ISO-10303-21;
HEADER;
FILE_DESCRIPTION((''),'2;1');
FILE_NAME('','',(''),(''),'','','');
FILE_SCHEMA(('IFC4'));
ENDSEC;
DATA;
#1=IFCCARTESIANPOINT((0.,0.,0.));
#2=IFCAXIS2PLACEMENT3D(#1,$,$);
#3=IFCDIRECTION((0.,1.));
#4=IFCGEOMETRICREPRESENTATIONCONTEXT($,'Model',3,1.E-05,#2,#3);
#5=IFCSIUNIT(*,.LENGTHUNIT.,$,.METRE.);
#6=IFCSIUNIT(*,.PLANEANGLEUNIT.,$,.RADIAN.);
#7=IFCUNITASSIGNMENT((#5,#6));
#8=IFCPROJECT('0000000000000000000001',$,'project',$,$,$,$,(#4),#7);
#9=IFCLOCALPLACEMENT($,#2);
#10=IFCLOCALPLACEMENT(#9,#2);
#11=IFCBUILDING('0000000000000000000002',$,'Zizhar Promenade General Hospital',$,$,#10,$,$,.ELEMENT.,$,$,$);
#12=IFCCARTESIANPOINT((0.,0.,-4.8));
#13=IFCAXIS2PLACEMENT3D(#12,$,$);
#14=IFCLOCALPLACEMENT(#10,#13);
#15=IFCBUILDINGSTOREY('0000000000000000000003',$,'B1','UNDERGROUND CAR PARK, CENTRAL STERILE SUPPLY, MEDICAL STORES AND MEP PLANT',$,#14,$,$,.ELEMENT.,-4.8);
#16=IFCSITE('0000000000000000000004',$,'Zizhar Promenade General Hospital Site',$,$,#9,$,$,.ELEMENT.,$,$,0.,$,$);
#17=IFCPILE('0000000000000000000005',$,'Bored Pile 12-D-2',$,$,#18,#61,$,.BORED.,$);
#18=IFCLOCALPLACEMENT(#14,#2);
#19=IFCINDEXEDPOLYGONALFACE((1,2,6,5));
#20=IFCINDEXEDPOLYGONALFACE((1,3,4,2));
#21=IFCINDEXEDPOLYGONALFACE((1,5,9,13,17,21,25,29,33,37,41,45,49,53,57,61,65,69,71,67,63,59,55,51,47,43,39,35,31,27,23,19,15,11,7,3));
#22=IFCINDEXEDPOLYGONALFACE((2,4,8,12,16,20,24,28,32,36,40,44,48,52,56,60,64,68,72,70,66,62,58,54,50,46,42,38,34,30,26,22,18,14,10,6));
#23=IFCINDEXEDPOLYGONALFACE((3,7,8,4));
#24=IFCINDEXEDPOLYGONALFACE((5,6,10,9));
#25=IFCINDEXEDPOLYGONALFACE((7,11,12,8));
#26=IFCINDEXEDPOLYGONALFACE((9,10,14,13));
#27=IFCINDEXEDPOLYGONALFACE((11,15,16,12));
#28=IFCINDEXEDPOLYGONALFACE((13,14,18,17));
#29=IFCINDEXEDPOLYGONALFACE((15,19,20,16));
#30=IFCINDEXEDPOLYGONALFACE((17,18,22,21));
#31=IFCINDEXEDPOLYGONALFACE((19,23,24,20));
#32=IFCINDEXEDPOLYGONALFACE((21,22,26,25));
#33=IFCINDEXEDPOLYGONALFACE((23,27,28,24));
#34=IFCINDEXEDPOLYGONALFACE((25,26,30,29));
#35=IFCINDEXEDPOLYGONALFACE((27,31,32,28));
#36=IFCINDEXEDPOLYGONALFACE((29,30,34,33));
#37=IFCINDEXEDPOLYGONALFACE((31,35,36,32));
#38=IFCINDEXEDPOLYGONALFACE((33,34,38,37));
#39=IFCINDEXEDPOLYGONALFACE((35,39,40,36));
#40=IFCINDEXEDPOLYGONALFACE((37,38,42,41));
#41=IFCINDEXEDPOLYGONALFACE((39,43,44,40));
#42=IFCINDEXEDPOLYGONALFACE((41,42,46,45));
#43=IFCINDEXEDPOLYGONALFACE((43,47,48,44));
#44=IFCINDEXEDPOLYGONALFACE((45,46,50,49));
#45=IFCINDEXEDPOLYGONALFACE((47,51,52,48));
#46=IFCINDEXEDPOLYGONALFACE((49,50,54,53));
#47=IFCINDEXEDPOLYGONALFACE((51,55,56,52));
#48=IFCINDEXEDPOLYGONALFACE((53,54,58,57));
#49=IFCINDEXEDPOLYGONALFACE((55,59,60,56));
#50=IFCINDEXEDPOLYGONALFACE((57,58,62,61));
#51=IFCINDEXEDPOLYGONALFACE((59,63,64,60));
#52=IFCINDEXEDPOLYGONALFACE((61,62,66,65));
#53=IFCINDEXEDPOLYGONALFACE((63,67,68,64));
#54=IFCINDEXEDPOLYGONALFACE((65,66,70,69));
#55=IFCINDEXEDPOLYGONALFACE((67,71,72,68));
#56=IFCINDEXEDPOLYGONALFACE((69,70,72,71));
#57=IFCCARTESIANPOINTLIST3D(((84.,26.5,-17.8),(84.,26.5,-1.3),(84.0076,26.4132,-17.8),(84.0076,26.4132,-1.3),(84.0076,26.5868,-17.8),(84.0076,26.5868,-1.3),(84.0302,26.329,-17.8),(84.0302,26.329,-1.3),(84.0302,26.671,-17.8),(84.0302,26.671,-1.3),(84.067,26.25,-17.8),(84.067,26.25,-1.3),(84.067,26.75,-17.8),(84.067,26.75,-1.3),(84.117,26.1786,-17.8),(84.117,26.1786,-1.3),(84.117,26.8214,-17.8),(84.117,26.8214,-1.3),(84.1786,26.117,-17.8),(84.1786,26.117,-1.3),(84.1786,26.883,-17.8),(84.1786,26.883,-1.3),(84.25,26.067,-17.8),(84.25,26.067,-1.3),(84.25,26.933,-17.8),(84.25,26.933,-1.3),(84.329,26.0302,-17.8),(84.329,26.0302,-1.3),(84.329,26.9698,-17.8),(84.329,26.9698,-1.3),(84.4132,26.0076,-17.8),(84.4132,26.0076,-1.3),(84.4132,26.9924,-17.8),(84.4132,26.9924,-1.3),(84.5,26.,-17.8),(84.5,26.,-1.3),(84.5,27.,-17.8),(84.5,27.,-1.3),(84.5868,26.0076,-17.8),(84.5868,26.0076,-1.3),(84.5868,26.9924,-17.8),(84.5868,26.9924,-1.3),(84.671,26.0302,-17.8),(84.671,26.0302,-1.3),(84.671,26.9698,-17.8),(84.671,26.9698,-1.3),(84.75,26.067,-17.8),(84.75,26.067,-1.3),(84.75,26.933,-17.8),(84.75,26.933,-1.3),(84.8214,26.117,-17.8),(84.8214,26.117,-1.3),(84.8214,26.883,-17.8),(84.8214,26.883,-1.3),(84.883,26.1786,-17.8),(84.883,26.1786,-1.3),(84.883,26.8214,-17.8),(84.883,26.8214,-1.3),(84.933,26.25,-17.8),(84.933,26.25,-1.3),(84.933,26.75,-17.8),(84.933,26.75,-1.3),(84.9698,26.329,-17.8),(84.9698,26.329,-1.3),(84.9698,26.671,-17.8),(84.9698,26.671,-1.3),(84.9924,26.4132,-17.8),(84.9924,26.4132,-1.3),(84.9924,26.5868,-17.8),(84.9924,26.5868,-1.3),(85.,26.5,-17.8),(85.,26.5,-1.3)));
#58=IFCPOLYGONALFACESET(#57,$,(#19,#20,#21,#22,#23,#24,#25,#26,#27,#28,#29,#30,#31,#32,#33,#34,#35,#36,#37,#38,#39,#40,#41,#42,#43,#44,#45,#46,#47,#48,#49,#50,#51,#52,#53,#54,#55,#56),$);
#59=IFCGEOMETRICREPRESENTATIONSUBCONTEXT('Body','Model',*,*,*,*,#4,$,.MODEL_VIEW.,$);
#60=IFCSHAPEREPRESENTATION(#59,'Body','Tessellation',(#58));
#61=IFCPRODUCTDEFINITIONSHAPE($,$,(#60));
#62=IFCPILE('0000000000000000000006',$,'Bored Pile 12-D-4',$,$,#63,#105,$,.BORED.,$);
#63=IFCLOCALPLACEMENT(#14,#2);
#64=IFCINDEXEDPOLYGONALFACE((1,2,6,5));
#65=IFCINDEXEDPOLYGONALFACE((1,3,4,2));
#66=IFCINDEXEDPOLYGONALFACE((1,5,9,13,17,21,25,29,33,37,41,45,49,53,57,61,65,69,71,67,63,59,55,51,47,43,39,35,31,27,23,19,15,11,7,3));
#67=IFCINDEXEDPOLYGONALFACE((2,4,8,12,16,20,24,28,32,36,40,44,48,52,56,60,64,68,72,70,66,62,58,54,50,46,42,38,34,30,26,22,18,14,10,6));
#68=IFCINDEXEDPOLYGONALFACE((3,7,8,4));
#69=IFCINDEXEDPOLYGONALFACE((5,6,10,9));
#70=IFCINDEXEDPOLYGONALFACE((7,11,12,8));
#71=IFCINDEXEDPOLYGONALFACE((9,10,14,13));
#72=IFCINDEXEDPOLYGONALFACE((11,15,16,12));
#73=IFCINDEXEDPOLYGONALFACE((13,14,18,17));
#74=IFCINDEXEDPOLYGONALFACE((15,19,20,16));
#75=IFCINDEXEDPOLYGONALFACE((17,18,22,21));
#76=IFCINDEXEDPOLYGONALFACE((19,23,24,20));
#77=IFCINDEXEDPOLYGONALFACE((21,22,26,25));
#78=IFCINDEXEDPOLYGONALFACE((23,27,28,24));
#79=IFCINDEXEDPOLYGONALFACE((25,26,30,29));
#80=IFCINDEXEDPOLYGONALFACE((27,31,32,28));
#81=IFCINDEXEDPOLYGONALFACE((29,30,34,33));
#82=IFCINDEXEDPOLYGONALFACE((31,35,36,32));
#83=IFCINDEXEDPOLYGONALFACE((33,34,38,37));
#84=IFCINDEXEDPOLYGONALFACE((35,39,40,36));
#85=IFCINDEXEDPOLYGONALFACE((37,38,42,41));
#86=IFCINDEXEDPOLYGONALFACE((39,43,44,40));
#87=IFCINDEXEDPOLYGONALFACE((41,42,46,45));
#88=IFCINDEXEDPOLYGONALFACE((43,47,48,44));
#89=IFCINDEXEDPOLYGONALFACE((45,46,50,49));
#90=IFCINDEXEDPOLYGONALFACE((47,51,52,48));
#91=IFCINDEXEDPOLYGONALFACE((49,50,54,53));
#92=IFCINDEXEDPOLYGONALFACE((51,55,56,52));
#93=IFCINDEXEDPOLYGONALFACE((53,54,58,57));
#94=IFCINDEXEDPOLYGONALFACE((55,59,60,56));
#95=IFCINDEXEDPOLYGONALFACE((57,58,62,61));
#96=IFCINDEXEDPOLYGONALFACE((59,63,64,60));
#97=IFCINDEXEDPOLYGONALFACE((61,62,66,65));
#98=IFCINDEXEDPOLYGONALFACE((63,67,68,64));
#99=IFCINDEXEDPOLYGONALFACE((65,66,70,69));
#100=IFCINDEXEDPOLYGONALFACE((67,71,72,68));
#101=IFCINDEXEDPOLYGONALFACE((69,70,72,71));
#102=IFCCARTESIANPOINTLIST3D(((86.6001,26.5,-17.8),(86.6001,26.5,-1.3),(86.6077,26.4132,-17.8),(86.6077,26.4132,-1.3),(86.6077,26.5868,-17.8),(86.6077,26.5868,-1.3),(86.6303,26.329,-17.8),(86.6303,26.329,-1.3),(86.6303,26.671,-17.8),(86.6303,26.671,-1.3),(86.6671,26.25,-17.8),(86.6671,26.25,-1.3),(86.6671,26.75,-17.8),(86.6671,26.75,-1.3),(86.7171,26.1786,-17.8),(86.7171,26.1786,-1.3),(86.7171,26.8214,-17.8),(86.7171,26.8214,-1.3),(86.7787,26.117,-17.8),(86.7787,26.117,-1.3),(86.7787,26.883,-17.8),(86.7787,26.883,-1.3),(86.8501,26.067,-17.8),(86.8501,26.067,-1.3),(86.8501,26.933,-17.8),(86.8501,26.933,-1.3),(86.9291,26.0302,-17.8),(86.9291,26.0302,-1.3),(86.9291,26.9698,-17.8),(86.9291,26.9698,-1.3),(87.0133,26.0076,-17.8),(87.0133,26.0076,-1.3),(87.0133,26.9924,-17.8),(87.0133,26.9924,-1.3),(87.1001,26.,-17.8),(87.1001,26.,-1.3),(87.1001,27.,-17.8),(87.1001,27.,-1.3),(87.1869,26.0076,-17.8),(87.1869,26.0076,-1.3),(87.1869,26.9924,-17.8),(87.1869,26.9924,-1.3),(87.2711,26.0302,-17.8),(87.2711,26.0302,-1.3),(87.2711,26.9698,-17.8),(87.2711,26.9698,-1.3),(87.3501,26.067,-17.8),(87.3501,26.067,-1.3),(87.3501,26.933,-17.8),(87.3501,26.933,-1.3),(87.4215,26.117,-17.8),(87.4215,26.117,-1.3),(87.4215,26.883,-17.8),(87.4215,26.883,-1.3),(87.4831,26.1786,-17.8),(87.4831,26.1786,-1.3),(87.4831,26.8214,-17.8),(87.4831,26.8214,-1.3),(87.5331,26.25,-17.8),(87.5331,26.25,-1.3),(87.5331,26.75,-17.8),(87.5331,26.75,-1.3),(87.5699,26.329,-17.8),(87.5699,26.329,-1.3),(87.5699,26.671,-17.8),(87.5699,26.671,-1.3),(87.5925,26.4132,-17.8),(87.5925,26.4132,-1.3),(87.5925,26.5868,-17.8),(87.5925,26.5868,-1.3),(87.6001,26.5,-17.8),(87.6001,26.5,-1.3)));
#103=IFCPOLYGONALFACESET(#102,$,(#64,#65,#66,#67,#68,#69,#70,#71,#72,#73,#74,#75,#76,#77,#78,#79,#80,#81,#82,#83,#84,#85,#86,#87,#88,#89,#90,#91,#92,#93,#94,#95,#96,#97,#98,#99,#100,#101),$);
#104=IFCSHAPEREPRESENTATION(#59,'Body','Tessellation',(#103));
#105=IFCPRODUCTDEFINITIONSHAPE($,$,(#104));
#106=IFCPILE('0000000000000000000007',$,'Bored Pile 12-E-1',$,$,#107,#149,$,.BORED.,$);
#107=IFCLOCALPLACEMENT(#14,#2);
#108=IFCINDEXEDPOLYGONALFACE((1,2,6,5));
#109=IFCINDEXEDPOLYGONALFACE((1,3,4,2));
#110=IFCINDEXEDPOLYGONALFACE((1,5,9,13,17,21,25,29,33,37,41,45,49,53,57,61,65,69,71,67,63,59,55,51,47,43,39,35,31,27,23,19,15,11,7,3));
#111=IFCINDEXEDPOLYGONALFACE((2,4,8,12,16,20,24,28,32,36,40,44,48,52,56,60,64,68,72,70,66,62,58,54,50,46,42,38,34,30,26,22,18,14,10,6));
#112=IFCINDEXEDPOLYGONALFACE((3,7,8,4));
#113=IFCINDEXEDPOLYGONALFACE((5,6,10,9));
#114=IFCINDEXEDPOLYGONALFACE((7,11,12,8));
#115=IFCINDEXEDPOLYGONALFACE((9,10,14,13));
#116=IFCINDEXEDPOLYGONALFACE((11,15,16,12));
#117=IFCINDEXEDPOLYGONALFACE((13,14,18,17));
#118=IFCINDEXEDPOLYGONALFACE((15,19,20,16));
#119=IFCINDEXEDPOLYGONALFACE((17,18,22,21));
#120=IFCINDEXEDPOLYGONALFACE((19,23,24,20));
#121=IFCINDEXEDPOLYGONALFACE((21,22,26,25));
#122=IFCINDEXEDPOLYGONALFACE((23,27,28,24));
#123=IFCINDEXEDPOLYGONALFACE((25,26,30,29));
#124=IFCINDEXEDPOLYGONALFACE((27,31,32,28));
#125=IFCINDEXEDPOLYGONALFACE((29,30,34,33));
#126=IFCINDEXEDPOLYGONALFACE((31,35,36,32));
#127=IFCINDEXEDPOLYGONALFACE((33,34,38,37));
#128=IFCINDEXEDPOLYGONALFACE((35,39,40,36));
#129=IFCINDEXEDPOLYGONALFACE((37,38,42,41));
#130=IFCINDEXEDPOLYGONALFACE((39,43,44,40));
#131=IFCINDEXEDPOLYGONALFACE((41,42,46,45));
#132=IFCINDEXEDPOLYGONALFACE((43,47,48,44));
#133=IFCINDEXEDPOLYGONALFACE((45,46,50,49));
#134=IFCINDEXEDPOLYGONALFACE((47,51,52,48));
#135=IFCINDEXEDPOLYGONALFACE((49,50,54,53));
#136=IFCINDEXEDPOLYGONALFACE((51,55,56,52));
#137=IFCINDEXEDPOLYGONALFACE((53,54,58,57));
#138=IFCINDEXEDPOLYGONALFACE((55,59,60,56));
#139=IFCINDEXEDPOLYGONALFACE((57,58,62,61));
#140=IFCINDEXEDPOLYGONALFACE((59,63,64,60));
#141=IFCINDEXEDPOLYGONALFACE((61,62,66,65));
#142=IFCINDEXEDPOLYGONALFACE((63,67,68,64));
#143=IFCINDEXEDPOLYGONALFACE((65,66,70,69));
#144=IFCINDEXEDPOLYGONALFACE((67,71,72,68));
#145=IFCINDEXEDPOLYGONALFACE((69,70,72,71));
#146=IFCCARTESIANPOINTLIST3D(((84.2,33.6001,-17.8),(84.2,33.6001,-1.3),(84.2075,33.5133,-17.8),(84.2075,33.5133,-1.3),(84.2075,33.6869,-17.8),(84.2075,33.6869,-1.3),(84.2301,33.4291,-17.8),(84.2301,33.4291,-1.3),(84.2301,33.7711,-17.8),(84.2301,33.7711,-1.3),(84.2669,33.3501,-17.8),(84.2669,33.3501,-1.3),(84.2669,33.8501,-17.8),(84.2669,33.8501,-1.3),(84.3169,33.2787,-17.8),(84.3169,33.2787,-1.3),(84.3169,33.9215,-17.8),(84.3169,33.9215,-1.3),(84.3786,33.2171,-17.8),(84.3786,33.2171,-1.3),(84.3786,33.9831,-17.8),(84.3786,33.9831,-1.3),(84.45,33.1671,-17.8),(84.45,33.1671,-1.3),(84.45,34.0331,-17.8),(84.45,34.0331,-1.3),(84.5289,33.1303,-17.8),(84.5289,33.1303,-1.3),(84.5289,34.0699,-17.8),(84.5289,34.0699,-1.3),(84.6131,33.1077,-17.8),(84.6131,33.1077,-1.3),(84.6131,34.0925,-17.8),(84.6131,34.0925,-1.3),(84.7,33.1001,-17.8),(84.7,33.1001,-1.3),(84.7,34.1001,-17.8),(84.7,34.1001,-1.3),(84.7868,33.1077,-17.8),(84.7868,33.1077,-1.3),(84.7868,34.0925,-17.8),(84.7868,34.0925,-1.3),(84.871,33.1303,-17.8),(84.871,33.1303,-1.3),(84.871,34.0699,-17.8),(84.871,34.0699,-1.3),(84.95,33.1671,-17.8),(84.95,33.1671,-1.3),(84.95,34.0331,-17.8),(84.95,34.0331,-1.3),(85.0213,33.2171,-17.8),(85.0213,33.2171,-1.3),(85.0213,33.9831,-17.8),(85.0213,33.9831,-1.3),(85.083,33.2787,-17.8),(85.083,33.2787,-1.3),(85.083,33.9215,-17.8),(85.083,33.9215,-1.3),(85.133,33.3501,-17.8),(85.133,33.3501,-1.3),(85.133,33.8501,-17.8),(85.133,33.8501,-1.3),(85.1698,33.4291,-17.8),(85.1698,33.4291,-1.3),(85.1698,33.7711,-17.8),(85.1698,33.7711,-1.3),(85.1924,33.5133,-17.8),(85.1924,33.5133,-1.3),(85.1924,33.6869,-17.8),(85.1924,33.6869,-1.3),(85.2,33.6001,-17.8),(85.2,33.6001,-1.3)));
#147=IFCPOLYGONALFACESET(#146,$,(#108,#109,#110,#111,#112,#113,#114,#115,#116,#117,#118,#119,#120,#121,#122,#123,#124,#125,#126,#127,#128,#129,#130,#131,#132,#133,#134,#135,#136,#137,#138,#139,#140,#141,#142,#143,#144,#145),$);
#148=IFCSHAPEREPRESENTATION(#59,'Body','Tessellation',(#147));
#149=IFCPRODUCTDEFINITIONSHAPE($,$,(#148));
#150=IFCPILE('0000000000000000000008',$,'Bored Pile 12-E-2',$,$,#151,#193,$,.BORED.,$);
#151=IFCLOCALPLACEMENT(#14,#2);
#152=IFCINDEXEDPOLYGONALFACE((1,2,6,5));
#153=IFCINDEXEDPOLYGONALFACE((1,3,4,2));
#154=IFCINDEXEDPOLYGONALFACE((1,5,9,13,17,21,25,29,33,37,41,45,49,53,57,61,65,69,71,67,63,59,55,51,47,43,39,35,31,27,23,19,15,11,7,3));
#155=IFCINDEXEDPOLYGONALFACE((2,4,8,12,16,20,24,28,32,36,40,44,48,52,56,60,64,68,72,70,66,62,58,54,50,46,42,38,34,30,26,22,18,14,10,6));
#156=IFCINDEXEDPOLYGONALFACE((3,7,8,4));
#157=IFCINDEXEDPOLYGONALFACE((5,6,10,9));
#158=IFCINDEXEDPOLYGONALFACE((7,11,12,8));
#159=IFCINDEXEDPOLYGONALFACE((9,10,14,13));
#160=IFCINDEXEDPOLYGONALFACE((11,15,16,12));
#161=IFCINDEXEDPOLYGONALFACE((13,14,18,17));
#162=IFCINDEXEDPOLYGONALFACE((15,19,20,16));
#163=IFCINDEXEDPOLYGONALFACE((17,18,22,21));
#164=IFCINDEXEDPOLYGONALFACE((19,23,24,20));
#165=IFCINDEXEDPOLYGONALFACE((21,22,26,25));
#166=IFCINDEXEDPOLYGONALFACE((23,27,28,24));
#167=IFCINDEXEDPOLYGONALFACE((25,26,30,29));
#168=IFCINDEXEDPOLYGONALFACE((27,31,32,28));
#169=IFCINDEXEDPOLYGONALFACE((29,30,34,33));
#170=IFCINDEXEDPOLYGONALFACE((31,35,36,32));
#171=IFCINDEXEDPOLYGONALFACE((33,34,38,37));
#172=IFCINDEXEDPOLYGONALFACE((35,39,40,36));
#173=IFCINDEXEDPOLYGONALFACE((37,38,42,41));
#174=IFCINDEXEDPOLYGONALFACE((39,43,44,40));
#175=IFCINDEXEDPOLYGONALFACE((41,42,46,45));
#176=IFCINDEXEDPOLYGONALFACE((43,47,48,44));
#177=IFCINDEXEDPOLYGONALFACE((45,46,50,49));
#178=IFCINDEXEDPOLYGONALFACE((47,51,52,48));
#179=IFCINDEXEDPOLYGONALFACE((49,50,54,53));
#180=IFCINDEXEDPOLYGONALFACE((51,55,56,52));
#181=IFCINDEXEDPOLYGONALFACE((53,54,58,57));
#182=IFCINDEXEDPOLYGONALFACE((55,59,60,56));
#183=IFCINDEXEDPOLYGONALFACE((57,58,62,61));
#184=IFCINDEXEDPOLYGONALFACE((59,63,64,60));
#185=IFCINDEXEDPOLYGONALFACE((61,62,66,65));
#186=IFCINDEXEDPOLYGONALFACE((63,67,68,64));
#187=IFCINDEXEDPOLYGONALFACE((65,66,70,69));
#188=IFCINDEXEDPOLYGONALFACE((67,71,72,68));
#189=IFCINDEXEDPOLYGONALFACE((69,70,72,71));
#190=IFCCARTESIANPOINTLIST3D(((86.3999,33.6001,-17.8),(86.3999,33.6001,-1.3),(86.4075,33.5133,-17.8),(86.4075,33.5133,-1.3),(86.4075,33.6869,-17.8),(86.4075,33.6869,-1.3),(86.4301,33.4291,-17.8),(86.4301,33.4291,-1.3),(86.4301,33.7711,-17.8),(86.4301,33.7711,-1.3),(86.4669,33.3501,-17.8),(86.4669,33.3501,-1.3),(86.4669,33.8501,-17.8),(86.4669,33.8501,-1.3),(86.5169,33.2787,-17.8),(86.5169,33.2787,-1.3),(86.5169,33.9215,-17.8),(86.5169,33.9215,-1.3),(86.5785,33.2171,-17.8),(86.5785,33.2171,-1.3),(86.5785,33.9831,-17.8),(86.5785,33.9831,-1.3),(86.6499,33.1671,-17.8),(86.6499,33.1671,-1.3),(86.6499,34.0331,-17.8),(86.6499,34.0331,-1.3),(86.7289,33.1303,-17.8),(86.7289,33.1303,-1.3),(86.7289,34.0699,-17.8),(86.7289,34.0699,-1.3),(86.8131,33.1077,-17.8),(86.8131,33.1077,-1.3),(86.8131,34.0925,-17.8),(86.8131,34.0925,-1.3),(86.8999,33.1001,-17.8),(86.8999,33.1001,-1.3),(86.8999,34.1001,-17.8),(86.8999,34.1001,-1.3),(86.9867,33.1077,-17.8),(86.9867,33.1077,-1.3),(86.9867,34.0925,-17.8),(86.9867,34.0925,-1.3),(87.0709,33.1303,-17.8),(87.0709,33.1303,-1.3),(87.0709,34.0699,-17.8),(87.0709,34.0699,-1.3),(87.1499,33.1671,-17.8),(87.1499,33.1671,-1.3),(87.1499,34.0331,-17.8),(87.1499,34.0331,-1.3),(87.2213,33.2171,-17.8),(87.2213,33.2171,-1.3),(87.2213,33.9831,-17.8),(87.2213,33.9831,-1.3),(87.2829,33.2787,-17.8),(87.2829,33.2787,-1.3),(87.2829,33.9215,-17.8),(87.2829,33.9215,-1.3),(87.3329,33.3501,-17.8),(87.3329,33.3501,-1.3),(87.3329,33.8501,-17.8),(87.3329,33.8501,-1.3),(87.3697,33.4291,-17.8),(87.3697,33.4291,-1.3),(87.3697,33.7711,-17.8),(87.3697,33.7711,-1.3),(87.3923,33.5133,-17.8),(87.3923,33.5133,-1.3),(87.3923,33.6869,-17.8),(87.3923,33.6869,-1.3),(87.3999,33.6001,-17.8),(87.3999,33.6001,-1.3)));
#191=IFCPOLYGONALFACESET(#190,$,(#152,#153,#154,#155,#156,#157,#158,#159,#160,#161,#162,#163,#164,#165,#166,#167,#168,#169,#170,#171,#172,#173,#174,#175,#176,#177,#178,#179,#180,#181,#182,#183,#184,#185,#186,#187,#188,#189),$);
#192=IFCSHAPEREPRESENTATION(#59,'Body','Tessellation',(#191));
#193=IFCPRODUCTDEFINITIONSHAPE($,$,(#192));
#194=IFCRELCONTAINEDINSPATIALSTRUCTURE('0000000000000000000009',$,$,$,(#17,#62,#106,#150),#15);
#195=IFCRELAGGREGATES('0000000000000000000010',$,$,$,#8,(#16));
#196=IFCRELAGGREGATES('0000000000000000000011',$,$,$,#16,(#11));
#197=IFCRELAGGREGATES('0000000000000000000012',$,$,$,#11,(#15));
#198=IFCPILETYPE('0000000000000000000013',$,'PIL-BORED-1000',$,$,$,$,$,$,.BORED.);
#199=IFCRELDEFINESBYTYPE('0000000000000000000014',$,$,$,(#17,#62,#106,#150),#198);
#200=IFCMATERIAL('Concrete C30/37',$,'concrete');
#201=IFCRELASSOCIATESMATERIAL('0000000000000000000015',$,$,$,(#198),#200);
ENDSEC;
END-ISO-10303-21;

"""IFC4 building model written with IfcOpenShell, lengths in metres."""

from ifc_helpers import new_model, si_unit, direction, frame, origin, origin_2d, place, context, subcontext, project, spatial, circle, extrude, material, material_profile, profile_set, type_object, element, save


model = new_model("IFC4")

# Units and contexts
model_context = context("Model", 3, precision=1e-05, world=origin(), true_north=direction((0.0, 1.0)))
body_context = subcontext(model_context, "Body", "Model", "MODEL_VIEW")
ifc_project = project(units=[si_unit("LENGTHUNIT", "METRE"), si_unit("PLANEANGLEUNIT", "RADIAN")], contexts=[model_context])

# Site, building, storey
site_placement = place(None, origin())
site = spatial("IfcSite", under=ifc_project, at=site_placement, Name="Zizhar Promenade General Hospital Site", CompositionType="ELEMENT", RefElevation=0.0)
building_placement = place(site_placement, origin())
building = spatial("IfcBuilding", under=site, at=building_placement, Name="Zizhar Promenade General Hospital", CompositionType="ELEMENT")
storey_placement = place(building_placement, frame((0.0, 0.0, -4.8)))
storey = spatial("IfcBuildingStorey", under=building, at=storey_placement, Name="B1", Description="UNDERGROUND CAR PARK, CENTRAL STERILE SUPPLY, MEDICAL STORES AND MEP PLANT", CompositionType="ELEMENT", Elevation=-4.8)

# Piles
ifc_material_1 = material(Name="Concrete C30/37", Category="concrete")
ifc_material_profile_1 = material_profile(ifc_material_1, circle(Radius=0.5, at=origin_2d()))
ifc_profile_set_1 = profile_set([ifc_material_profile_1], Name="Concrete C30/37")
pile_type = type_object("IfcPileType", Name="PIL-BORED-1000", PredefinedType="BORED", material=ifc_profile_set_1)
for number, where, z_axis, x_axis, name in (
    (1, (84.5, 26.5, -1.3), (0.0, 0.0, -1.0), (1.0, 0.0, 0.0), "Bored Pile 12-D-2"),
    (2, (87.1001, 26.5, -1.3), (0.0, 0.0, -1.0), (1.0, 0.0, 0.0), "Bored Pile 12-D-4"),
    (3, (84.7, 33.6001, -1.3), (0.0, 0.0, -1.0), (1.0, 0.0, 0.0), "Bored Pile 12-E-1"),
    (4, (86.8999, 33.6001, -1.3), (0.0, 0.0, -1.0), (1.0, 0.0, 0.0), "Bored Pile 12-E-2"),
):
    element("IfcPile", number, at=place(storey_placement, frame(where, z_axis=z_axis, x_axis=x_axis)), inside=storey, type_object=pile_type, Name=name, PredefinedType="BORED", context=body_context, shape_type="SweptSolid", body=[
        extrude(circle(Radius=0.5, at=origin_2d()), origin(), (0.0, 0.0, 1.0), 16.5),
    ])

save(model, "model.ifc")
